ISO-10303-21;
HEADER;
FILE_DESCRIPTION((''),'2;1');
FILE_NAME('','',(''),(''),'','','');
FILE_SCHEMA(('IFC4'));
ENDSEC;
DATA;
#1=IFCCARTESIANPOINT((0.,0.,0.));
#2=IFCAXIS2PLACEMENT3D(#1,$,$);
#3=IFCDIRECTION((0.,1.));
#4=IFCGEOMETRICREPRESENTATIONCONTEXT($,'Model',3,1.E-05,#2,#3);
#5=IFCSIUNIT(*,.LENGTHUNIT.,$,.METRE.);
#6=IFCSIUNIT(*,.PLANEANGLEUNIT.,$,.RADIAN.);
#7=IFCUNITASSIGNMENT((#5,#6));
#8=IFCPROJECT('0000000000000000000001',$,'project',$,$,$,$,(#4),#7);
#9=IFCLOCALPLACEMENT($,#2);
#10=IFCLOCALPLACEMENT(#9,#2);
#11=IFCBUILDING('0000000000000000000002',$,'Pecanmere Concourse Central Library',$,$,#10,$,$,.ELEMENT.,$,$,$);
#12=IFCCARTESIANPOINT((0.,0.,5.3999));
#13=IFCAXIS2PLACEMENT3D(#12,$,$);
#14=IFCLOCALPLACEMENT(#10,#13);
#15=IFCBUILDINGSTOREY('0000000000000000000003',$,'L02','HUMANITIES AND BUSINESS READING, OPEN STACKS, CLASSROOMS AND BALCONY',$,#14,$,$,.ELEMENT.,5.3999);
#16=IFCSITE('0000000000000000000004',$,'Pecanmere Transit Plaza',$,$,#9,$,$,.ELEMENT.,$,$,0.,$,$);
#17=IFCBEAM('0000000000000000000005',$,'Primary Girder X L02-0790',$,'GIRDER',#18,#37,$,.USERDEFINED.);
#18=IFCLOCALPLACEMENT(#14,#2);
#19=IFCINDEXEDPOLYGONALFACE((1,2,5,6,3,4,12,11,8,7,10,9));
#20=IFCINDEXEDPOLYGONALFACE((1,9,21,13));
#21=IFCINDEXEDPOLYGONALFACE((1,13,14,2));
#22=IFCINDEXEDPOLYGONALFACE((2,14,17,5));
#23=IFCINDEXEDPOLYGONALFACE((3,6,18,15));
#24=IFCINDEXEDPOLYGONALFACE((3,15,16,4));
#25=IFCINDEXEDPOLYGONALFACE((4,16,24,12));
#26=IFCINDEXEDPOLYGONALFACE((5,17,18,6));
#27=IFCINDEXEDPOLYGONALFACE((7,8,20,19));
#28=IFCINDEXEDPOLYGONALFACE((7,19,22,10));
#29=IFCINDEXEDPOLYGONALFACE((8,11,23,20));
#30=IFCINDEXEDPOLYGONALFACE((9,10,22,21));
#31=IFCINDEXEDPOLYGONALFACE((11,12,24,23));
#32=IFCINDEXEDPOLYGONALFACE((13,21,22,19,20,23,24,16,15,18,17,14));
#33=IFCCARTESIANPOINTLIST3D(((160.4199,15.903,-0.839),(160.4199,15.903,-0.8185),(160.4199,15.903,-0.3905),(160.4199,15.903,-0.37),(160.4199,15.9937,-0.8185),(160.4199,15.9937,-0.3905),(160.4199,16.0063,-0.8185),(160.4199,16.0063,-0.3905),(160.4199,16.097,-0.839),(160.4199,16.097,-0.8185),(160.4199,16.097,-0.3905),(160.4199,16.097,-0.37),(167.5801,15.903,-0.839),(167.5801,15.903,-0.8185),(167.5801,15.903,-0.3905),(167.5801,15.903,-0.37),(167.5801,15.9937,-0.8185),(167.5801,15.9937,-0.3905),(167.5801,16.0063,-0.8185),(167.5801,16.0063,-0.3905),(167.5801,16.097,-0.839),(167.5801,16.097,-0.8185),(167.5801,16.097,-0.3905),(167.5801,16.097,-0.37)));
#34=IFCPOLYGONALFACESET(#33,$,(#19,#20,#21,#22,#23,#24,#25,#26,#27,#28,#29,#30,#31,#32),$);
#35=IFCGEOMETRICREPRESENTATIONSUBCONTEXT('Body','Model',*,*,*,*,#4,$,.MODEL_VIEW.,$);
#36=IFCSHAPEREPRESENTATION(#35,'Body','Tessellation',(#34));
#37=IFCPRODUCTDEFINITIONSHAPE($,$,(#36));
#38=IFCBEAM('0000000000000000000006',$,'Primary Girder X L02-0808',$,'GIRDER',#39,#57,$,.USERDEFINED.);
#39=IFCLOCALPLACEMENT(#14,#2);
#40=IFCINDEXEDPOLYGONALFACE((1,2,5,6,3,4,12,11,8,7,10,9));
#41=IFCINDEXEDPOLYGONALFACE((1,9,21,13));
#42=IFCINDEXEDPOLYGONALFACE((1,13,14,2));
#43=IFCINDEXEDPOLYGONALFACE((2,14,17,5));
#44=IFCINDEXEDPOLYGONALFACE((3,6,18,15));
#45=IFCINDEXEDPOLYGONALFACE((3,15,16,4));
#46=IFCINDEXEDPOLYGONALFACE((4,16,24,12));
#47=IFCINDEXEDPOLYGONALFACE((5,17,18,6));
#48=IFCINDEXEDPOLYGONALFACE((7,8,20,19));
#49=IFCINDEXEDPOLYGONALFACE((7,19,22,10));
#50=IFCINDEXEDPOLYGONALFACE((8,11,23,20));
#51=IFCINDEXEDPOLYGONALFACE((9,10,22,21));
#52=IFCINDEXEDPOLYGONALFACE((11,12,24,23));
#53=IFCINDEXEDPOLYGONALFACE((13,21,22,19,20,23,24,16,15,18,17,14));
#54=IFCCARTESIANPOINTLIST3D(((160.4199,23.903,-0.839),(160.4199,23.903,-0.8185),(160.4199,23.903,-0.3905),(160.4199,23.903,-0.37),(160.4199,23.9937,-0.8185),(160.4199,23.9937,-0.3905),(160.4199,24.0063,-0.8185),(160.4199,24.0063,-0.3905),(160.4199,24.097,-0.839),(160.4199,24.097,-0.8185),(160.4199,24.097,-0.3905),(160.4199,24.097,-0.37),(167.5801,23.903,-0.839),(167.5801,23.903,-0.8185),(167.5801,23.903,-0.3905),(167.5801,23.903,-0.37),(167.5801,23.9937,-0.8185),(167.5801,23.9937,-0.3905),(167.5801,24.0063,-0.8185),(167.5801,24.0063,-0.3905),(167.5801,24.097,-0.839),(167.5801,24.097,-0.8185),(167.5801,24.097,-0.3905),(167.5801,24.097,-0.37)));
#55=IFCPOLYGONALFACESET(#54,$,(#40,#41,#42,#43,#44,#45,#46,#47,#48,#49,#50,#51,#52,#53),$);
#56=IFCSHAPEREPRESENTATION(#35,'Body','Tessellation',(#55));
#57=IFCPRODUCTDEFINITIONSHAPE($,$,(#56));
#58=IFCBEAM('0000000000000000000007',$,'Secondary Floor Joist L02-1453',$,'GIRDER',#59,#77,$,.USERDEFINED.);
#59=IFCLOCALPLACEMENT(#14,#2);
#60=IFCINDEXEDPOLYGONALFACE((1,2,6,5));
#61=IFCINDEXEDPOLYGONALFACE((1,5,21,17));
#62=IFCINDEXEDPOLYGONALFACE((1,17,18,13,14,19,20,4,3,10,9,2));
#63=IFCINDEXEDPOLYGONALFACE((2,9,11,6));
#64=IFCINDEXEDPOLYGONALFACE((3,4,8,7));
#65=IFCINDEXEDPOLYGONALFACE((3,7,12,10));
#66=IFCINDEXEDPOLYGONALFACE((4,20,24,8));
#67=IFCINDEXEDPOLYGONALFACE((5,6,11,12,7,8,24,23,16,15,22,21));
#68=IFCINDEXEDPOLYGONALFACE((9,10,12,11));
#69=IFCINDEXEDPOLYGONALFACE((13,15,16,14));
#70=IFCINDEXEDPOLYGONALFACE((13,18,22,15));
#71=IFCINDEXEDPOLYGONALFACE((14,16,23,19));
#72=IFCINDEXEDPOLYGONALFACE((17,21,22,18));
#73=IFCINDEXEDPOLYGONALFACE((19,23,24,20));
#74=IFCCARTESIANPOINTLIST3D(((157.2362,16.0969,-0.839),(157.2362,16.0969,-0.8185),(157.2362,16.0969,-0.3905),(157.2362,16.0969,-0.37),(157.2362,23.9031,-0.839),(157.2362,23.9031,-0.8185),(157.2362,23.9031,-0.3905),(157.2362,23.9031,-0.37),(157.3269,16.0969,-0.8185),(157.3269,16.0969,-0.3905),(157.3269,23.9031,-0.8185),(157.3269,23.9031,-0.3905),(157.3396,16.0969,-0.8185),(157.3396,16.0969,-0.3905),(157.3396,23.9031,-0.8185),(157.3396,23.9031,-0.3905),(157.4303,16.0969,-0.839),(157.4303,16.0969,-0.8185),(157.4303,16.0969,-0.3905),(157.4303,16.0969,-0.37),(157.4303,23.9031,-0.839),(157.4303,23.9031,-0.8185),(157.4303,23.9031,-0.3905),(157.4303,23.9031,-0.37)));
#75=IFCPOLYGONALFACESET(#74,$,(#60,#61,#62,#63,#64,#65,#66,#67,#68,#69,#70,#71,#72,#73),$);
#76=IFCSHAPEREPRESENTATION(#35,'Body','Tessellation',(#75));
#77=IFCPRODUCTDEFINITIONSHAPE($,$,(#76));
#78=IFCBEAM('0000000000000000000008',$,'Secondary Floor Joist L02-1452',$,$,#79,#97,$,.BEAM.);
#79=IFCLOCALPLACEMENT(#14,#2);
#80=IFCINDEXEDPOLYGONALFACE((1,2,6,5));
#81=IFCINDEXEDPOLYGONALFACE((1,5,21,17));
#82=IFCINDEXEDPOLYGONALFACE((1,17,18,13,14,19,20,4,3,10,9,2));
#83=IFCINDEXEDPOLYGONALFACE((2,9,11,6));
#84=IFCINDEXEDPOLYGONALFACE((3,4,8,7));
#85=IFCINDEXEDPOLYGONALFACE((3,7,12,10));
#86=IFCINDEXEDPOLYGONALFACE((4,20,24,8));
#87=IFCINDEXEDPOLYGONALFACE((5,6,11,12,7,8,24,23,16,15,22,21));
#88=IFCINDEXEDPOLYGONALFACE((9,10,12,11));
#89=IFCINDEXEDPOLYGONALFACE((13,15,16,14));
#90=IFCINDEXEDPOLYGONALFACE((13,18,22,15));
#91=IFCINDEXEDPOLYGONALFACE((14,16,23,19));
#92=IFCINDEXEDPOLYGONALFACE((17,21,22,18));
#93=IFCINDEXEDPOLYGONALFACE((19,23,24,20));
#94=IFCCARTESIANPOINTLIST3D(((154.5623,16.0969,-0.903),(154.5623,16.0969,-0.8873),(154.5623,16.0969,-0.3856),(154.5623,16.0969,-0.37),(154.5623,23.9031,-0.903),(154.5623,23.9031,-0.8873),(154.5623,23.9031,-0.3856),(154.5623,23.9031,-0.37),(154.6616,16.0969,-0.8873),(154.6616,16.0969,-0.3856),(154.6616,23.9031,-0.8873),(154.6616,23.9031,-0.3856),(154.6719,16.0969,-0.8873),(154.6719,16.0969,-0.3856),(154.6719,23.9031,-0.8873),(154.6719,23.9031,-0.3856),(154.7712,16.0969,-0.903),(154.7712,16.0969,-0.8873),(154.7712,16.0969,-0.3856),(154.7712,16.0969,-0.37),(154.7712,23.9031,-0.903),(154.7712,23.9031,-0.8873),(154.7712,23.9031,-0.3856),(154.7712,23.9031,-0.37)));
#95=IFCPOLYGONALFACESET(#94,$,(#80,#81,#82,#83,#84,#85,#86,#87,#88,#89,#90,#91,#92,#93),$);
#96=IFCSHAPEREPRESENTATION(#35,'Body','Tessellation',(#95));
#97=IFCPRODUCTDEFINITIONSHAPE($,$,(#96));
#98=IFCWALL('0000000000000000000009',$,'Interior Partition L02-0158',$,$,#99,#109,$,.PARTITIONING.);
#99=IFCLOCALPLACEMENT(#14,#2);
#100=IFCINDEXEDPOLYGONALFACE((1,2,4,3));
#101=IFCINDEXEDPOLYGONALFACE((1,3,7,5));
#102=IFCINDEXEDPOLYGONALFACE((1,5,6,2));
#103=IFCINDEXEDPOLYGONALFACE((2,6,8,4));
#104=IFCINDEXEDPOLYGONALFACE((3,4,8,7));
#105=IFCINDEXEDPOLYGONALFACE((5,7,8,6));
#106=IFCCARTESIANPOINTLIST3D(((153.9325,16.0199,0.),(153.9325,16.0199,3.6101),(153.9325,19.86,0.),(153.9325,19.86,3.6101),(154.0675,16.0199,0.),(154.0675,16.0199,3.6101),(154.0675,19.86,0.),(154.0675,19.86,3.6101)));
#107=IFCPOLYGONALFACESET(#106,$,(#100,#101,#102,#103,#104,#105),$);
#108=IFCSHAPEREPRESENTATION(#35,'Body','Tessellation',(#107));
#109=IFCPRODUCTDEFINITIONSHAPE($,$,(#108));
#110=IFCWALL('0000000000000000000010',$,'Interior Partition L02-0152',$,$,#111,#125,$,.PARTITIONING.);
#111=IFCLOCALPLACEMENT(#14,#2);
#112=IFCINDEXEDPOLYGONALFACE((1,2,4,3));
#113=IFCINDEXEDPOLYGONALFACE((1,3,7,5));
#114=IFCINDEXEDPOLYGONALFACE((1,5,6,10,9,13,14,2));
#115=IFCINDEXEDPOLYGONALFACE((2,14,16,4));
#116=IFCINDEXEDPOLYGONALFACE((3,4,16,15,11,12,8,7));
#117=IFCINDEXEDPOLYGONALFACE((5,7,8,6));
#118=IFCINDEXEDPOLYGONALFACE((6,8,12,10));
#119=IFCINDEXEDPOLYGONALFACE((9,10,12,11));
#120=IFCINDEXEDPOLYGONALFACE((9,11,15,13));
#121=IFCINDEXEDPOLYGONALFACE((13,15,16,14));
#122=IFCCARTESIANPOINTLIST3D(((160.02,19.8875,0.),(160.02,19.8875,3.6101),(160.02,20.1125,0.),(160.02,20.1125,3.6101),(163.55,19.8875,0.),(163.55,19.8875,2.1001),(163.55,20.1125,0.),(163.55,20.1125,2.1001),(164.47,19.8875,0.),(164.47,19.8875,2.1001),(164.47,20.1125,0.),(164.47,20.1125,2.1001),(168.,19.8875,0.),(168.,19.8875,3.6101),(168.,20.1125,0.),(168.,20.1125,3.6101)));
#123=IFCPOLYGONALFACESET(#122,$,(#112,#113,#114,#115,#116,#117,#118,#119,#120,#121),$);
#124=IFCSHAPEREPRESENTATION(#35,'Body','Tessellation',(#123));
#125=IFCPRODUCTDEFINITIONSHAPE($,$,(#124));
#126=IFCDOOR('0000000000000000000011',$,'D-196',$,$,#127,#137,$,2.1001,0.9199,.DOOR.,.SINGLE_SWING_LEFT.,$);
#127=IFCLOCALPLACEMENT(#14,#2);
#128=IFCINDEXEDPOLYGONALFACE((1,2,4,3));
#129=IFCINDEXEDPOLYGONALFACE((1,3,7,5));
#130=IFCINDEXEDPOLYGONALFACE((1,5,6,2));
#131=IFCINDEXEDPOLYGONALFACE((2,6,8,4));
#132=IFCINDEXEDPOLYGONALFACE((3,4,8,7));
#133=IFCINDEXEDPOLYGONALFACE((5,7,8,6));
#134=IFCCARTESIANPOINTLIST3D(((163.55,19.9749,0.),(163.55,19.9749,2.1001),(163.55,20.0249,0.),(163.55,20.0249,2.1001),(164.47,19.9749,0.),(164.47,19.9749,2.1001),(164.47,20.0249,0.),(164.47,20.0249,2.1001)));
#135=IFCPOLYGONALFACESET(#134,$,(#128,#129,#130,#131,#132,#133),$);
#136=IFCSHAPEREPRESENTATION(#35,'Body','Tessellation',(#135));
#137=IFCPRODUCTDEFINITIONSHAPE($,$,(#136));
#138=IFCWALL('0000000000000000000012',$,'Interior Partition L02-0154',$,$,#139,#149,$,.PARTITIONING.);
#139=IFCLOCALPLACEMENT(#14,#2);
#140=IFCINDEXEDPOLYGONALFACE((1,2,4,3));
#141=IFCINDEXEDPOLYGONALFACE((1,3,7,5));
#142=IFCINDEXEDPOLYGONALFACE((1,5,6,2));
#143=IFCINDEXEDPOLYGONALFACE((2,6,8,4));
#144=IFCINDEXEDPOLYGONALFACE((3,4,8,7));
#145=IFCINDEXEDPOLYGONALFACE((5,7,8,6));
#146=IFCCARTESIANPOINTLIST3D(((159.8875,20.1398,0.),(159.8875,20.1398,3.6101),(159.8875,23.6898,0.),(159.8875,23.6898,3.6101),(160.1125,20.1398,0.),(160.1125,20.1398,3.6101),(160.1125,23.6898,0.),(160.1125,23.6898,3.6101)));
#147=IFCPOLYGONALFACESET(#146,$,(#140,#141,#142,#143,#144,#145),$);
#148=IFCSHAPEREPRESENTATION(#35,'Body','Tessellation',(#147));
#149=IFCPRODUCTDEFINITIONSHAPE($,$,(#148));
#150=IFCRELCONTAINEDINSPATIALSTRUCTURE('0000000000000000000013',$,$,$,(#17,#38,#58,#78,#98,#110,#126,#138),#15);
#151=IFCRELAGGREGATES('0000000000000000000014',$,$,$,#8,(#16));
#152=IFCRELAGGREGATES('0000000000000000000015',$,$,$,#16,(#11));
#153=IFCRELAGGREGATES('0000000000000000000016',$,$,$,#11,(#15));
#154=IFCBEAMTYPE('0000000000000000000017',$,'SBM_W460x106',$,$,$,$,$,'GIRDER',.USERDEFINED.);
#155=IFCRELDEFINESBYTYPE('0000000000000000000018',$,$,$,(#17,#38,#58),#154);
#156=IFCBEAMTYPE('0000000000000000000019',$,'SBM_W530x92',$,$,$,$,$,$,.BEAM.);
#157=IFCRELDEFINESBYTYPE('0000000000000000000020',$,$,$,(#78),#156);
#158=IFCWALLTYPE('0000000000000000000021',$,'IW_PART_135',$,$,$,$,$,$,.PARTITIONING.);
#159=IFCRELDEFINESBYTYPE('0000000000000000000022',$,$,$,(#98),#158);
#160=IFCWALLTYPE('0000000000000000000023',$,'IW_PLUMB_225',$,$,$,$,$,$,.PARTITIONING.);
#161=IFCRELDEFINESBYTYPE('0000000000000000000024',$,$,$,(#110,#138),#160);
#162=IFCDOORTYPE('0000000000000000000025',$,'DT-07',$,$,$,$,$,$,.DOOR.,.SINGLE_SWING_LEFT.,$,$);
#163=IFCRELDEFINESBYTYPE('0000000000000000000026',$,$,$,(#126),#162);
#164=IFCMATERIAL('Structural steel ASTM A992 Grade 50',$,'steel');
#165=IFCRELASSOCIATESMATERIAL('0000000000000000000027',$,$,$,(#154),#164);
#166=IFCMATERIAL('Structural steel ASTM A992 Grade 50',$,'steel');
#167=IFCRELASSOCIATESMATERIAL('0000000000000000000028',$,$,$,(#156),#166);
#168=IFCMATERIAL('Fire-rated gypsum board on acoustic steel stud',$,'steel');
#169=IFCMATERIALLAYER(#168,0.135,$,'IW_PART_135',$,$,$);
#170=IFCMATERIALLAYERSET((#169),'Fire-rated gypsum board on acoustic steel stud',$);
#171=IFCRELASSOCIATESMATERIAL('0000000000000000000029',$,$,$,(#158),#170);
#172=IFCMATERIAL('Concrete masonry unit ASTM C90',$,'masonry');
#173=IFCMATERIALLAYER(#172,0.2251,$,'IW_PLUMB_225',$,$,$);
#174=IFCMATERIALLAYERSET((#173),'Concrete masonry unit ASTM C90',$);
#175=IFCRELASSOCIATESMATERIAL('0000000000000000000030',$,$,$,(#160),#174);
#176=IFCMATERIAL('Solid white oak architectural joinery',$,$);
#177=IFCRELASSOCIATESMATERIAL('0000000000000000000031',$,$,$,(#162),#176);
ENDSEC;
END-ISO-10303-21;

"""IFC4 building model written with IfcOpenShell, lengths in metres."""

from ifc_helpers import new_model, si_unit, direction, frame, frame_2d, origin, origin_2d, place, context, subcontext, project, spatial, rectangle, i_section, extrude, material, layer, layer_set, material_profile, profile_set, type_object, element, fill, save


model = new_model("IFC4")

# Units and contexts
model_context = context("Model", 3, precision=1e-05, world=origin(), true_north=direction((0.0, 1.0)))
body_context = subcontext(model_context, "Body", "Model", "MODEL_VIEW")
ifc_project = project(units=[si_unit("LENGTHUNIT", "METRE"), si_unit("PLANEANGLEUNIT", "RADIAN")], contexts=[model_context])

# Site, building, storey
site_placement = place(None, origin())
site = spatial("IfcSite", under=ifc_project, at=site_placement, Name="Pecanmere Transit Plaza", CompositionType="ELEMENT", RefElevation=0.0)
building_placement = place(site_placement, origin())
building = spatial("IfcBuilding", under=site, at=building_placement, Name="Pecanmere Concourse Central Library", CompositionType="ELEMENT")
storey_placement = place(building_placement, frame((0.0, 0.0, 5.3999)))
storey = spatial("IfcBuildingStorey", under=building, at=storey_placement, Name="L02", Description="HUMANITIES AND BUSINESS READING, OPEN STACKS, CLASSROOMS AND BALCONY", CompositionType="ELEMENT", Elevation=5.3999)

# Beams
ifc_material_1 = material(Name="Structural steel ASTM A992 Grade 50", Category="steel")
ifc_material_profile_1 = material_profile(ifc_material_1, i_section(OverallWidth=0.1941, OverallDepth=0.469, WebThickness=0.0127, FlangeThickness=0.0205, at=origin_2d()), Name="W460x106")
ifc_profile_set_1 = profile_set([ifc_material_profile_1], Name="Structural steel ASTM A992 Grade 50")
beam_type_1 = type_object("IfcBeamType", Name="SBM_W460x106", ElementType="GIRDER", PredefinedType="USERDEFINED", material=ifc_profile_set_1)
for number, where, z_axis, x_axis, name in (
    (1, (160.4199, 16.0, -0.6045), (1.0, 0.0, 0.0), (0.0, 1.0, 0.0), "Primary Girder X L02-0790"),
    (2, (160.4199, 24.0, -0.6045), (1.0, 0.0, 0.0), (0.0, 1.0, 0.0), "Primary Girder X L02-0808"),
):
    element("IfcBeam", number, at=place(storey_placement, frame(where, z_axis=z_axis, x_axis=x_axis)), inside=storey, type_object=beam_type_1, Name=name, ObjectType="GIRDER", PredefinedType="USERDEFINED", context=body_context, shape_type="SweptSolid", body=[
        extrude(i_section(OverallWidth=0.1941, OverallDepth=0.469, WebThickness=0.0127, FlangeThickness=0.0205, at=origin_2d()), origin(), (0.0, 0.0, 1.0), 7.1602),
    ])
beam_1_placement = place(storey_placement, frame((157.3333, 16.0969, -0.6045), z_axis=(0.0, 1.0, 0.0), x_axis=(-1.0, 0.0, 0.0)))
element("IfcBeam", 3, at=beam_1_placement, inside=storey, type_object=beam_type_1, Name="Secondary Floor Joist L02-1453", ObjectType="GIRDER", PredefinedType="USERDEFINED", context=body_context, shape_type="SweptSolid", body=[
    extrude(i_section(OverallWidth=0.1941, OverallDepth=0.469, WebThickness=0.0127, FlangeThickness=0.0205, at=origin_2d()), origin(), (0.0, 0.0, 1.0), 7.8062),
])
ifc_material_2 = material(Name="Structural steel ASTM A992 Grade 50", Category="steel")
ifc_material_profile_2 = material_profile(ifc_material_2, i_section(OverallWidth=0.209, OverallDepth=0.533, WebThickness=0.0103, FlangeThickness=0.0156, at=origin_2d()), Name="W530x92")
ifc_profile_set_2 = profile_set([ifc_material_profile_2], Name="Structural steel ASTM A992 Grade 50")
beam_type_2 = type_object("IfcBeamType", Name="SBM_W530x92", PredefinedType="BEAM", material=ifc_profile_set_2)
beam_2_placement = place(storey_placement, frame((154.6667, 16.0969, -0.6365), z_axis=(0.0, 1.0, 0.0), x_axis=(-1.0, 0.0, 0.0)))
element("IfcBeam", 4, at=beam_2_placement, inside=storey, type_object=beam_type_2, Name="Secondary Floor Joist L02-1452", PredefinedType="BEAM", context=body_context, shape_type="SweptSolid", body=[
    extrude(i_section(OverallWidth=0.209, OverallDepth=0.533, WebThickness=0.0103, FlangeThickness=0.0156, at=origin_2d()), origin(), (0.0, 0.0, 1.0), 7.8062),
])

# Wall
ifc_material_3 = material(Name="Fire-rated gypsum board on acoustic steel stud", Category="steel")
ifc_layer_1 = layer(ifc_material_3, 0.135, Name="IW_PART_135")
ifc_layer_set_1 = layer_set([ifc_layer_1], Name="Fire-rated gypsum board on acoustic steel stud")
wall_type_1 = type_object("IfcWallType", Name="IW_PART_135", PredefinedType="PARTITIONING", material=ifc_layer_set_1)
wall_1_placement = place(storey_placement, frame((154.0, 16.02, 0.0), z_axis=(0.0, 0.0, 1.0), x_axis=(0.0, 1.0, 0.0)))
element("IfcWall", 5, at=wall_1_placement, inside=storey, type_object=wall_type_1, Name="Interior Partition L02-0158", PredefinedType="PARTITIONING", context=body_context, shape_type="SweptSolid", body=[
    extrude(rectangle(XDim=3.8401, YDim=0.135, at=frame_2d((1.9199, 0.0))), origin(), (0.0, 0.0, 1.0), 3.6101),
])

# Wall, opening, door
ifc_material_4 = material(Name="Concrete masonry unit ASTM C90", Category="masonry")
ifc_layer_2 = layer(ifc_material_4, 0.2251, Name="IW_PLUMB_225")
ifc_layer_set_2 = layer_set([ifc_layer_2], Name="Concrete masonry unit ASTM C90")
wall_type_2 = type_object("IfcWallType", Name="IW_PLUMB_225", PredefinedType="PARTITIONING", material=ifc_layer_set_2)
wall_2_placement = place(storey_placement, frame((160.02, 20.0, 0.0), z_axis=(0.0, 0.0, 1.0), x_axis=(1.0, 0.0, 0.0)))
wall_2 = element("IfcWall", 6, at=wall_2_placement, inside=storey, type_object=wall_type_2, Name="Interior Partition L02-0152", PredefinedType="PARTITIONING", context=body_context, shape_type="SweptSolid", body=[
    extrude(rectangle(XDim=7.98, YDim=0.2251, at=frame_2d((3.99, 0.0))), origin(), (0.0, 0.0, 1.0), 3.6101),
])
opening_placement = place(wall_2_placement, frame((3.53, 0.0, 0.0)))
opening = element("IfcOpeningElement", 7, at=opening_placement, cuts=wall_2, PredefinedType="OPENING", context=body_context, shape_type="SweptSolid", body=[
    extrude(rectangle(XDim=0.9199, YDim=2.1001, at=frame_2d((0.46, 1.05))), frame((0.0, 0.1245, 0.0), z_axis=(0.0, -1.0, 0.0), x_axis=(1.0, 0.0, 0.0)), (0.0, 0.0, 1.0), 0.249),
])
ifc_material_5 = material(Name="Solid white oak architectural joinery")
door_type = type_object("IfcDoorType", Name="DT-07", OperationType="SINGLE_SWING_LEFT", PredefinedType="DOOR", material=ifc_material_5)
door_placement = place(opening_placement, origin())
door = element("IfcDoor", 8, at=door_placement, inside=storey, type_object=door_type, Name="D-196", OperationType="SINGLE_SWING_LEFT", OverallHeight=2.1001, OverallWidth=0.9199, PredefinedType="DOOR", context=body_context, shape_type="SweptSolid", body=[
    extrude(rectangle(XDim=0.9199, YDim=2.1001, at=frame_2d((0.46, 1.05))), frame((0.0, 0.0249, 0.0), z_axis=(0.0, -1.0, 0.0), x_axis=(1.0, 0.0, 0.0)), (0.0, 0.0, 1.0), 0.05),
])
fill(opening, door)

# Wall
wall_3_placement = place(storey_placement, frame((160.0, 20.1399, 0.0), z_axis=(0.0, 0.0, 1.0), x_axis=(0.0, 1.0, 0.0)))
element("IfcWall", 9, at=wall_3_placement, inside=storey, type_object=wall_type_2, Name="Interior Partition L02-0154", PredefinedType="PARTITIONING", context=body_context, shape_type="SweptSolid", body=[
    extrude(rectangle(XDim=3.55, YDim=0.2251, at=frame_2d((1.7749, 0.0))), origin(), (0.0, 0.0, 1.0), 3.6101),
])

save(model, "model.ifc")
